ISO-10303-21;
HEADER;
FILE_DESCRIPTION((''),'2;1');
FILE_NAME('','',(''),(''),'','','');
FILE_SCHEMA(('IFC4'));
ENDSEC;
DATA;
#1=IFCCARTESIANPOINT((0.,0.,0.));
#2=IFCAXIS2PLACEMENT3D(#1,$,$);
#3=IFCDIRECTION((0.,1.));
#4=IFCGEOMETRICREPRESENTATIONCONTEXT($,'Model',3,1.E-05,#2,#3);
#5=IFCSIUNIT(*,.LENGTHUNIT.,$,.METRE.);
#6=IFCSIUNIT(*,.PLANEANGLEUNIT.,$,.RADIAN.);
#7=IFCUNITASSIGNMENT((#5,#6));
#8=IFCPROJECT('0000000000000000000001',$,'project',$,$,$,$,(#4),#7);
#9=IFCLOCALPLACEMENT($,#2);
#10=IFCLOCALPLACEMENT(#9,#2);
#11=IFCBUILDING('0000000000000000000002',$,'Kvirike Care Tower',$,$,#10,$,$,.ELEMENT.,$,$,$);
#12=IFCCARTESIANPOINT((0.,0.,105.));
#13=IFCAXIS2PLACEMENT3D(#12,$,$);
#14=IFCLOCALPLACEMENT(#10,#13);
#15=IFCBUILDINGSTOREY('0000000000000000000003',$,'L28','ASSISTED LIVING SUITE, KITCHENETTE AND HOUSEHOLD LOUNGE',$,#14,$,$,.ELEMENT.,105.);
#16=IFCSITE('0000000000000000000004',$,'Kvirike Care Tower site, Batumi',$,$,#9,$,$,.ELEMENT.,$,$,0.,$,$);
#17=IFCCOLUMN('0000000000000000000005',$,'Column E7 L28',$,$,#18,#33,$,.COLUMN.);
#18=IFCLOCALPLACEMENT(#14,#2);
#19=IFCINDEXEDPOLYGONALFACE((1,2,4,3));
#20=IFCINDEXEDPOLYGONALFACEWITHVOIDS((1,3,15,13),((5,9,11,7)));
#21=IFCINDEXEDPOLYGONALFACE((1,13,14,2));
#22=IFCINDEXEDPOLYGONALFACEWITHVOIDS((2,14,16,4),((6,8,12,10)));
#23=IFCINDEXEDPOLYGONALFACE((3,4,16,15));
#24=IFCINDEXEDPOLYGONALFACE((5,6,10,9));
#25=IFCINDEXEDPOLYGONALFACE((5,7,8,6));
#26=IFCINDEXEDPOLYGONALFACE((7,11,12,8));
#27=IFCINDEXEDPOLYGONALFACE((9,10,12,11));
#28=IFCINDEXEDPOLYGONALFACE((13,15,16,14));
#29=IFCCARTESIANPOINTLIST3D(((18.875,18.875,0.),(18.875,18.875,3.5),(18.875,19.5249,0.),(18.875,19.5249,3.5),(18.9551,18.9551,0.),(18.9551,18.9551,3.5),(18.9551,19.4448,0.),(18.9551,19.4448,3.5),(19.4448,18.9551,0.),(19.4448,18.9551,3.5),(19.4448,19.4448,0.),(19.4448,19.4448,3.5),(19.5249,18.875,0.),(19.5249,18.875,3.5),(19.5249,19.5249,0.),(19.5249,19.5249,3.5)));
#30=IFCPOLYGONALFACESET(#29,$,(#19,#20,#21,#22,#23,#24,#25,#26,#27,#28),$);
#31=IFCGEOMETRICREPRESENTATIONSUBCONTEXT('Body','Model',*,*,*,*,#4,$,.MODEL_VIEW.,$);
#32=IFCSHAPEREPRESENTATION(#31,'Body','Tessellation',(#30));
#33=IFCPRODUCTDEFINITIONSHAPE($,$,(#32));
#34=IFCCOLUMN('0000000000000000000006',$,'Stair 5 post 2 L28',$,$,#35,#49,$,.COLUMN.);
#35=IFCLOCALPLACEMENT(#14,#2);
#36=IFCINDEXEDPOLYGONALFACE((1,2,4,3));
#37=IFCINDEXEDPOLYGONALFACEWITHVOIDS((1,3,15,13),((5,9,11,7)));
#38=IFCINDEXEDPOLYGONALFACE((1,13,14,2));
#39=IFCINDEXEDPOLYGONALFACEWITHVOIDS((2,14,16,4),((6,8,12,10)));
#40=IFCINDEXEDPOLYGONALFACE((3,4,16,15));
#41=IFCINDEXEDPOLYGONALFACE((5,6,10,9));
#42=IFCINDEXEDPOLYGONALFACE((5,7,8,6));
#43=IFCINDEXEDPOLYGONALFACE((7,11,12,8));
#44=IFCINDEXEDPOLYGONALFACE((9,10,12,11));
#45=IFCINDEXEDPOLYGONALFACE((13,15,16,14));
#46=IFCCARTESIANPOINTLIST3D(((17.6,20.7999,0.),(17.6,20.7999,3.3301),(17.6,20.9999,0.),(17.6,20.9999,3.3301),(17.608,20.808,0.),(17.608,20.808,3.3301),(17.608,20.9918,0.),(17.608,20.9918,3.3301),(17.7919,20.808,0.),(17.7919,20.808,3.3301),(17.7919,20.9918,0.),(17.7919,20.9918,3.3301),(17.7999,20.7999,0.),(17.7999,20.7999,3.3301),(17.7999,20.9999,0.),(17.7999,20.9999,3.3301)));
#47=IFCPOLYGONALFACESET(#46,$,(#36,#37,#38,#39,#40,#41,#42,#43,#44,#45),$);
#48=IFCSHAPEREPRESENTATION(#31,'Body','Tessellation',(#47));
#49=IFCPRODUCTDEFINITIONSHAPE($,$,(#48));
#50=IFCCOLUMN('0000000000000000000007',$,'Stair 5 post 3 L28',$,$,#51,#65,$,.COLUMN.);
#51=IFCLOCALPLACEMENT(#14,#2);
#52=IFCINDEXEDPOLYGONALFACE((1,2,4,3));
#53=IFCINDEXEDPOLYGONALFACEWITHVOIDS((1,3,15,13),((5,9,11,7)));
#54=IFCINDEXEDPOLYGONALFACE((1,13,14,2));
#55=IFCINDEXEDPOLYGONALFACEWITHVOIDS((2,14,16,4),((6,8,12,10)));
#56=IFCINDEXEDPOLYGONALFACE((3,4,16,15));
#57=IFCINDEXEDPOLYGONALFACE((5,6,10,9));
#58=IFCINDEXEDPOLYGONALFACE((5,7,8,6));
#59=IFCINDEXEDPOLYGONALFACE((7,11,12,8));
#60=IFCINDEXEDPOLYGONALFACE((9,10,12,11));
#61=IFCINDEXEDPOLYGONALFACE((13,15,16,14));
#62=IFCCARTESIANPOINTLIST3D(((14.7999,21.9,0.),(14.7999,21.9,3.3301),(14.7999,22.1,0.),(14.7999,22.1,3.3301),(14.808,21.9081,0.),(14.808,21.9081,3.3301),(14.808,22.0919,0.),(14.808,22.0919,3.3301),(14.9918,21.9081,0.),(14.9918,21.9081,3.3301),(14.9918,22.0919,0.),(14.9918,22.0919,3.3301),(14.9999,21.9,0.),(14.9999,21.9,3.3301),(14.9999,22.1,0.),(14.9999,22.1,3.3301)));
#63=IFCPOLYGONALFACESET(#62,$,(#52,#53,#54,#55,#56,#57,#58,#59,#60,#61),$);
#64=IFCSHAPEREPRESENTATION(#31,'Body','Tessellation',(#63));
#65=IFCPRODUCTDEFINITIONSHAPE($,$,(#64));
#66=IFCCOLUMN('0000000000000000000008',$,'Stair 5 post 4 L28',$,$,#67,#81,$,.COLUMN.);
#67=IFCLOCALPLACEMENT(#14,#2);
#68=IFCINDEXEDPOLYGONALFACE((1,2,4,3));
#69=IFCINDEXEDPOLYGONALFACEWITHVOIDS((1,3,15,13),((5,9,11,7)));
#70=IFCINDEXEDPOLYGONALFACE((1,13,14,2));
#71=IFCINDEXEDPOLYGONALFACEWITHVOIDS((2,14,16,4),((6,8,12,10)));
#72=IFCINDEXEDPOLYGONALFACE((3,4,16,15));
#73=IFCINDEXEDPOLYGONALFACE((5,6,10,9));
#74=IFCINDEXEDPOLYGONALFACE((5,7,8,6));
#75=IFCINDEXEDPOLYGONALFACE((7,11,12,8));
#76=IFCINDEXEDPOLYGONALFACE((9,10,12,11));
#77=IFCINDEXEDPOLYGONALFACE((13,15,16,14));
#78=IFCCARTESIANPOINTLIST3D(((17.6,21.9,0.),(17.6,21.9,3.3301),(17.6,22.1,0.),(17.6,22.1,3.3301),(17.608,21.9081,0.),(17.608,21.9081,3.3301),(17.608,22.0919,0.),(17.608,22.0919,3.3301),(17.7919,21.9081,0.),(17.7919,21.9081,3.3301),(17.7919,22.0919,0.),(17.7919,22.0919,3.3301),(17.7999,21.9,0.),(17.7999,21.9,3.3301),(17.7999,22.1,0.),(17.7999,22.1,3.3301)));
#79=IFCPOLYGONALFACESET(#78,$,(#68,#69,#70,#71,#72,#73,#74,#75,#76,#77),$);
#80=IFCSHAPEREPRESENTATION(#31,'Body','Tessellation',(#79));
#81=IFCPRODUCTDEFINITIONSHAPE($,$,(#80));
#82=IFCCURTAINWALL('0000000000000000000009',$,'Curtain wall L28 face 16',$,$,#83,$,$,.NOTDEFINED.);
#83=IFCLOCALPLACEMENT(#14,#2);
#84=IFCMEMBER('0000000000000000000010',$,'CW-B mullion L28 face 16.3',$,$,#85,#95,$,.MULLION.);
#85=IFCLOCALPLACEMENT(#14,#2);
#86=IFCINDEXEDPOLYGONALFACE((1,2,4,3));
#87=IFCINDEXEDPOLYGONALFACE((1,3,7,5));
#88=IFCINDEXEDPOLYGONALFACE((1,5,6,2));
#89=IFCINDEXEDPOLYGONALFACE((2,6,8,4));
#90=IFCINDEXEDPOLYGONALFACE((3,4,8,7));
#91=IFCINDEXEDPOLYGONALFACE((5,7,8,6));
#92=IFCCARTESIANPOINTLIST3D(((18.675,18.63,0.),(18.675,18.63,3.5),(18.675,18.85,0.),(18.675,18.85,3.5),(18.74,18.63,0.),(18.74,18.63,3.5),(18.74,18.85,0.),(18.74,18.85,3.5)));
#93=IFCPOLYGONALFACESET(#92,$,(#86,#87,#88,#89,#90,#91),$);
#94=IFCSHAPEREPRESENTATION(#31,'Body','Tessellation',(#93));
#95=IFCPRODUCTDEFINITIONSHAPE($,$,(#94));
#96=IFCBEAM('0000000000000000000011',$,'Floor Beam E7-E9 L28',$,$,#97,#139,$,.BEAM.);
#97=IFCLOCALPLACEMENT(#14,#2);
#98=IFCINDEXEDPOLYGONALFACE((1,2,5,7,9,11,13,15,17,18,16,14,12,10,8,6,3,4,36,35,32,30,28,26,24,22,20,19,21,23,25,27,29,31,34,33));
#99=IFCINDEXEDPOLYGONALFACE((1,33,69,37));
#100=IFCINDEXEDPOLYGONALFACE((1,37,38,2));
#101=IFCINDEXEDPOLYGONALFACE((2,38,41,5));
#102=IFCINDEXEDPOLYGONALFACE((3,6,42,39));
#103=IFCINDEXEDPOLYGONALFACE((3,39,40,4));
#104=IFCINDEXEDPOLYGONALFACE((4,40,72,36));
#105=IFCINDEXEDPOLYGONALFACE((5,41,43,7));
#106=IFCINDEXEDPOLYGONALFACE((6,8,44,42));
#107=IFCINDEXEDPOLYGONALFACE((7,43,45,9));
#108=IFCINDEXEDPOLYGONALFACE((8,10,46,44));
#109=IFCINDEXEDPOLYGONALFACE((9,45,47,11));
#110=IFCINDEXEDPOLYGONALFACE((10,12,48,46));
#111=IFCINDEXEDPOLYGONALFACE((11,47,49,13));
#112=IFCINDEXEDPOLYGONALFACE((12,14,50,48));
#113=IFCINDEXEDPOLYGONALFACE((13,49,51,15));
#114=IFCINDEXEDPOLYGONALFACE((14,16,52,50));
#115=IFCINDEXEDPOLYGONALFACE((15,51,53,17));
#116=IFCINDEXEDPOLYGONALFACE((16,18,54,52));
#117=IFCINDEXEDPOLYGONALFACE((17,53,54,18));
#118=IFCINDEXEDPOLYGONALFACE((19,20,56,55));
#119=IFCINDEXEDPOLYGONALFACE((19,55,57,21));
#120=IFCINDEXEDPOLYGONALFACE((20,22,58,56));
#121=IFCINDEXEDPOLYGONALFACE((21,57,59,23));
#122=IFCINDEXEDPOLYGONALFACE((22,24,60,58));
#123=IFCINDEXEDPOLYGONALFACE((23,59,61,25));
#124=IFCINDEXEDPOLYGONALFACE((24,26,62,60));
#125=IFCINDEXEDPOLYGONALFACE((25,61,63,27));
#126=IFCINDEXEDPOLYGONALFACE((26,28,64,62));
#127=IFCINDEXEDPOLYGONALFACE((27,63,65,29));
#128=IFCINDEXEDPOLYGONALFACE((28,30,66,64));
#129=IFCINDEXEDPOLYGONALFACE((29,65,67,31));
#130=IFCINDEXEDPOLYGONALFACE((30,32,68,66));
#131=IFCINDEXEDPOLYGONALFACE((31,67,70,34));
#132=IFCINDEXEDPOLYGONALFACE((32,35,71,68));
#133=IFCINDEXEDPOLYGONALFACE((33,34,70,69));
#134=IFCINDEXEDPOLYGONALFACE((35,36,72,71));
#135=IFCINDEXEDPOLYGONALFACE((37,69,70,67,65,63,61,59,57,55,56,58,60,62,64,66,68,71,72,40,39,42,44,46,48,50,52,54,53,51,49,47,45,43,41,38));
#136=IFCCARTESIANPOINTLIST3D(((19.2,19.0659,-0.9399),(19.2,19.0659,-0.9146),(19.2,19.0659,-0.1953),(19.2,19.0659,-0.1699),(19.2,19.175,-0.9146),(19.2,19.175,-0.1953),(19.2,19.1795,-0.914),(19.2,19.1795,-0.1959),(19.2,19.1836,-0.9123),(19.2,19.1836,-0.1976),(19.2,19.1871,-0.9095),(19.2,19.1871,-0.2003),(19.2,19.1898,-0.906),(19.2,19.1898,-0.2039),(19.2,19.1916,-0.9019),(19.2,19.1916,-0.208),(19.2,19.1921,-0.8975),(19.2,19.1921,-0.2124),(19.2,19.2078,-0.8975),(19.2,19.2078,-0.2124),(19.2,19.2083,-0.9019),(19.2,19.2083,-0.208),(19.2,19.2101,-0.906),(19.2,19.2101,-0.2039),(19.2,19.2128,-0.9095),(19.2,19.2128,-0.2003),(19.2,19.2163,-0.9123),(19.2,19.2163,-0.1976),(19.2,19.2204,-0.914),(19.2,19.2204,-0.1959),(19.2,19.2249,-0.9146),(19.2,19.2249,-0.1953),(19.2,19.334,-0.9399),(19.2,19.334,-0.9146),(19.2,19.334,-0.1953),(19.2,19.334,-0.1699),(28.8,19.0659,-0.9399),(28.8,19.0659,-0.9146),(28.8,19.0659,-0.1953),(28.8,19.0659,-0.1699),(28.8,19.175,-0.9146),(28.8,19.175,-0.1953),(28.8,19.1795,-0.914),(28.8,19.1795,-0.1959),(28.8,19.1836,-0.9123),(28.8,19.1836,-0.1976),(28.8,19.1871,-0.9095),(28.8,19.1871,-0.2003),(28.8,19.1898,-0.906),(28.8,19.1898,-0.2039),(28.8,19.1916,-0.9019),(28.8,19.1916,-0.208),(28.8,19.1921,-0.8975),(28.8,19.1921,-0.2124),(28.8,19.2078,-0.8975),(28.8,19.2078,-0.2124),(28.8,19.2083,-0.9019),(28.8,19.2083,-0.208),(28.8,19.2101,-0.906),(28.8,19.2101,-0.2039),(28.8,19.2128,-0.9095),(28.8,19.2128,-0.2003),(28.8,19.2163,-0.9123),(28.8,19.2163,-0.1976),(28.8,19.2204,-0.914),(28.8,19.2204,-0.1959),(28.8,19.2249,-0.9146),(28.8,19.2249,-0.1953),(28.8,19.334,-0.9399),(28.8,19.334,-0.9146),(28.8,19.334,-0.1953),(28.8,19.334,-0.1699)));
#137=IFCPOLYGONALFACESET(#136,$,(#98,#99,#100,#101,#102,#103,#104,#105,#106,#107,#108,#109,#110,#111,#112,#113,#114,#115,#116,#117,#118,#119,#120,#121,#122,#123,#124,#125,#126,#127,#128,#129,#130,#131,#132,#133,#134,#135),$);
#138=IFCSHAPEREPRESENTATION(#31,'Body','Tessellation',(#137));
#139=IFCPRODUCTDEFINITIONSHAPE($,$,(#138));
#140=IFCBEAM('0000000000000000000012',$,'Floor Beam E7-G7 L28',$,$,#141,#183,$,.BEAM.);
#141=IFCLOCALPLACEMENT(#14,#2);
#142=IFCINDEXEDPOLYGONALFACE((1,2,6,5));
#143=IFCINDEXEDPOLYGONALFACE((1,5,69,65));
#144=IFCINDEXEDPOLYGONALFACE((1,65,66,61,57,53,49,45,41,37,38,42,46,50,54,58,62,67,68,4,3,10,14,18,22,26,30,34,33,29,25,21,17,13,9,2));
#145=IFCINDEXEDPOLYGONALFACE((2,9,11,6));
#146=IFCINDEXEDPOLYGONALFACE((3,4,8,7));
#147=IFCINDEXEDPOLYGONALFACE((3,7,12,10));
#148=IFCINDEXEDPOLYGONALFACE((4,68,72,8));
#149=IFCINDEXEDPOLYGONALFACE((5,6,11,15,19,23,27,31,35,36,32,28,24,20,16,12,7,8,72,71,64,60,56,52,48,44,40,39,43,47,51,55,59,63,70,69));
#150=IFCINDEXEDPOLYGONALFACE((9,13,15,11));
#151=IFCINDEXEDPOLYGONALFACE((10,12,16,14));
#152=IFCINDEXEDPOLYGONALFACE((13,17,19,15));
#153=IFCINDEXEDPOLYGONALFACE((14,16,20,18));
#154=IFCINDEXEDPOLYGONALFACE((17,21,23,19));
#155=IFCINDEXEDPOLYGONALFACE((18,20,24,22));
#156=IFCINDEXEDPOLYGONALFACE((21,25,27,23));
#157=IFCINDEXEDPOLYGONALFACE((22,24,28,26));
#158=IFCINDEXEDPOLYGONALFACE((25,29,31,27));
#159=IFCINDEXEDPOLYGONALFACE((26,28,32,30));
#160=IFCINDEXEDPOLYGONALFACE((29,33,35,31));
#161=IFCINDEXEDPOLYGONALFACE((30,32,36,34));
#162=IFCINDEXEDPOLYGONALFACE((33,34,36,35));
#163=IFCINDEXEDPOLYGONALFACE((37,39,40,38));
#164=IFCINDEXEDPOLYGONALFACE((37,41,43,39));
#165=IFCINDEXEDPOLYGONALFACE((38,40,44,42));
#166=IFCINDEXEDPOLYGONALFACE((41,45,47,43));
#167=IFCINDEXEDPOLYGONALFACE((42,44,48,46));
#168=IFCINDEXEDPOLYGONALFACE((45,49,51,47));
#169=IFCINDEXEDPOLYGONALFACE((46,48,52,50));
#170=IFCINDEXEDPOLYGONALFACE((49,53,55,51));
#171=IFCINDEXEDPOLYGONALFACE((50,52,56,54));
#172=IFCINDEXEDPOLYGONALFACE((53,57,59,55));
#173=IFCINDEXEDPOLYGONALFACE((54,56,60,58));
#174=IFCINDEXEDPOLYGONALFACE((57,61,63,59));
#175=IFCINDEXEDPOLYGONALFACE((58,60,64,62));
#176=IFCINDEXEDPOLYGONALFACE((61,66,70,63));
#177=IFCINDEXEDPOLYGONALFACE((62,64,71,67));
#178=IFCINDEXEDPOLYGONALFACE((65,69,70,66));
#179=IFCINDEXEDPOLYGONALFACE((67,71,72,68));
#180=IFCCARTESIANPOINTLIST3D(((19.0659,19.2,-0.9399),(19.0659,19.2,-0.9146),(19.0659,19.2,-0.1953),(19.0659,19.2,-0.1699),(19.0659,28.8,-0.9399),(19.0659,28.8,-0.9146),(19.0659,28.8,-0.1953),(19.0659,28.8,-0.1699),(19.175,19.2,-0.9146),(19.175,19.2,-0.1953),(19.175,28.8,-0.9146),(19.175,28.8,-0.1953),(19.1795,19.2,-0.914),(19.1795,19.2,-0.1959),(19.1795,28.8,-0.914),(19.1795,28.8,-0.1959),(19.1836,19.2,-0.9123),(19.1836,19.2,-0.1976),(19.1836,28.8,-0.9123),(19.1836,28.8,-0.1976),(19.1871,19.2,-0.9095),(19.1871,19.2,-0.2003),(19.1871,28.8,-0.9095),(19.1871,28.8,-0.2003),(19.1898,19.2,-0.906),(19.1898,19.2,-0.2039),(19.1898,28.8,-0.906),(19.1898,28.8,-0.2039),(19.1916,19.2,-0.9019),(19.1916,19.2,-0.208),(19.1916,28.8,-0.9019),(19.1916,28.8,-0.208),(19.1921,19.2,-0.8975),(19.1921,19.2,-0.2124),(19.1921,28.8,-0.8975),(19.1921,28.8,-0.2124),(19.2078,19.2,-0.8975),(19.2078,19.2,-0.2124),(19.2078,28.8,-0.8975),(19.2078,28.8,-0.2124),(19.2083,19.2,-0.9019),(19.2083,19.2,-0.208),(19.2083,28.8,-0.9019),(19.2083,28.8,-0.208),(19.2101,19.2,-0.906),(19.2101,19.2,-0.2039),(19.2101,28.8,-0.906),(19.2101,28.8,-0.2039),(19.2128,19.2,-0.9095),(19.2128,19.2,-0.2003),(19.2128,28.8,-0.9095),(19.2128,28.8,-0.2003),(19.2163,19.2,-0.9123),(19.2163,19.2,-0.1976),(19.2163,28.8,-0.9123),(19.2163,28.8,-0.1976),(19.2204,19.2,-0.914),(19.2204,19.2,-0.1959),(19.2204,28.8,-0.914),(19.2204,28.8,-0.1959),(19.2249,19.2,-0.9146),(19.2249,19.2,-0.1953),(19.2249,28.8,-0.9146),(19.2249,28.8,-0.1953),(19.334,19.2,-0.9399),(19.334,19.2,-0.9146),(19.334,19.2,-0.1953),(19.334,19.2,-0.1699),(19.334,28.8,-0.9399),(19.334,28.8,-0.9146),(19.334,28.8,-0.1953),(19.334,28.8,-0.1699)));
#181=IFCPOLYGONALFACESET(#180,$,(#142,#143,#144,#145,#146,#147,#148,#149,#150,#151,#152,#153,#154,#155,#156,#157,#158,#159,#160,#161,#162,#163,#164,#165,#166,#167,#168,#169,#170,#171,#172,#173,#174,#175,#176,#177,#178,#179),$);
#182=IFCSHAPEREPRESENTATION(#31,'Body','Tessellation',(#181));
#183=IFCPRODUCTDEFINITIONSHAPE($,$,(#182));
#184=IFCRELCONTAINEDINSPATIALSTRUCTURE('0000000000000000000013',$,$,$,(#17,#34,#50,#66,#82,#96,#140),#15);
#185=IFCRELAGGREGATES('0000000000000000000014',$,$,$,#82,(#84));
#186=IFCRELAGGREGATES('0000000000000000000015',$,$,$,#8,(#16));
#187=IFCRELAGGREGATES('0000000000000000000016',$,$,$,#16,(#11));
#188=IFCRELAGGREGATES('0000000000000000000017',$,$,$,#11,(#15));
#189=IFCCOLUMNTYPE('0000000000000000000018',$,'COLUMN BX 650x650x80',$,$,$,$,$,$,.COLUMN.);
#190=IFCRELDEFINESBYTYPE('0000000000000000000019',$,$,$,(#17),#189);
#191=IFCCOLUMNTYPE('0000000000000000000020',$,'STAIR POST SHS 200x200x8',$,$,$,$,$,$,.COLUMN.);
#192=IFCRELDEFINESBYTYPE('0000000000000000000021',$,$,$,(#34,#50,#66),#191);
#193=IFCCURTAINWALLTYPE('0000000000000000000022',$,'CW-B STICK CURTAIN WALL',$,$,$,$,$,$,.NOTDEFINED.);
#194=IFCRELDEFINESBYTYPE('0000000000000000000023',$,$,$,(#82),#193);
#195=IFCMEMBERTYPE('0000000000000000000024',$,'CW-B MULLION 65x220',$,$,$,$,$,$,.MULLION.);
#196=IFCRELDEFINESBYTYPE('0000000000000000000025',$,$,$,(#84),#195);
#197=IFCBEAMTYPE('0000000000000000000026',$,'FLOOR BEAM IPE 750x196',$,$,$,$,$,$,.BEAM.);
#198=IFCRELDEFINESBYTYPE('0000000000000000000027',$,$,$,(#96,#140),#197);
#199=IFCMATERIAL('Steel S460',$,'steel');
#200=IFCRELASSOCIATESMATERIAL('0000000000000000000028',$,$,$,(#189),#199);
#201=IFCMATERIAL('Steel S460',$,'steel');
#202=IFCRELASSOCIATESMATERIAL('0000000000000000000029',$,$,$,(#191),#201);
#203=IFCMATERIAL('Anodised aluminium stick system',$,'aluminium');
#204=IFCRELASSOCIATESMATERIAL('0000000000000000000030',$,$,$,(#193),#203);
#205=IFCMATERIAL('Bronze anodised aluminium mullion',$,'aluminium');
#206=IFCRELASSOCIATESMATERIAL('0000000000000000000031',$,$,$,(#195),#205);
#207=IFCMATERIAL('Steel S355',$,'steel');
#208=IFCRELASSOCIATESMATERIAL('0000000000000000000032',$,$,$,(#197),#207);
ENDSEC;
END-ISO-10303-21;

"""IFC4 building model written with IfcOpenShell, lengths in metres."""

from ifc_helpers import new_model, si_unit, direction, frame, origin, origin_2d, place, context, subcontext, project, spatial, rectangle, hollow_rectangle, i_section, extrude, material, material_profile, profile_set, type_object, element, aggregate, save


model = new_model("IFC4")

# Units and contexts
model_context = context("Model", 3, precision=1e-05, world=origin(), true_north=direction((0.0, 1.0)))
body_context = subcontext(model_context, "Body", "Model", "MODEL_VIEW")
ifc_project = project(units=[si_unit("LENGTHUNIT", "METRE"), si_unit("PLANEANGLEUNIT", "RADIAN")], contexts=[model_context])

# Site, building, storey
site_placement = place(None, origin())
site = spatial("IfcSite", under=ifc_project, at=site_placement, Name="Kvirike Care Tower site, Batumi", CompositionType="ELEMENT", RefElevation=0.0)
building_placement = place(site_placement, origin())
building = spatial("IfcBuilding", under=site, at=building_placement, Name="Kvirike Care Tower", CompositionType="ELEMENT")
storey_placement = place(building_placement, frame((0.0, 0.0, 105.0)))
storey = spatial("IfcBuildingStorey", under=building, at=storey_placement, Name="L28", Description="ASSISTED LIVING SUITE, KITCHENETTE AND HOUSEHOLD LOUNGE", CompositionType="ELEMENT", Elevation=105.0)

# Columns
ifc_material_1 = material(Name="Steel S460", Category="steel")
ifc_material_profile_1 = material_profile(ifc_material_1, hollow_rectangle(XDim=0.6499, YDim=0.6499, WallThickness=0.0801, at=origin_2d()), Name="BX 650x650x80")
ifc_profile_set_1 = profile_set([ifc_material_profile_1], Name="Steel S460")
column_type_1 = type_object("IfcColumnType", Name="COLUMN BX 650x650x80", PredefinedType="COLUMN", material=ifc_profile_set_1)
column_placement = place(storey_placement, frame((19.2, 19.2, 0.0), z_axis=(0.0, 0.0, 1.0), x_axis=(0.0, 1.0, 0.0)))
element("IfcColumn", 1, at=column_placement, inside=storey, type_object=column_type_1, Name="Column E7 L28", PredefinedType="COLUMN", context=body_context, shape_type="SweptSolid", body=[
    extrude(hollow_rectangle(XDim=0.6499, YDim=0.6499, WallThickness=0.0801, at=origin_2d()), origin(), (0.0, 0.0, 1.0), 3.5),
])
ifc_material_2 = material(Name="Steel S460", Category="steel")
ifc_material_profile_2 = material_profile(ifc_material_2, hollow_rectangle(XDim=0.2, YDim=0.2, WallThickness=0.0081, at=origin_2d()), Name="SHS 200x200x8")
ifc_profile_set_2 = profile_set([ifc_material_profile_2], Name="Steel S460")
column_type_2 = type_object("IfcColumnType", Name="STAIR POST SHS 200x200x8", PredefinedType="COLUMN", material=ifc_profile_set_2)
for number, where, z_axis, x_axis, name in (
    (2, (17.7, 20.8999, 0.0), (0.0, 0.0, 1.0), (1.0, 0.0, 0.0), "Stair 5 post 2 L28"),
    (3, (14.8999, 22.0, 0.0), (0.0, 0.0, 1.0), (1.0, 0.0, 0.0), "Stair 5 post 3 L28"),
    (4, (17.7, 22.0, 0.0), (0.0, 0.0, 1.0), (1.0, 0.0, 0.0), "Stair 5 post 4 L28"),
):
    element("IfcColumn", number, at=place(storey_placement, frame(where, z_axis=z_axis, x_axis=x_axis)), inside=storey, type_object=column_type_2, Name=name, PredefinedType="COLUMN", context=body_context, shape_type="SweptSolid", body=[
        extrude(hollow_rectangle(XDim=0.2, YDim=0.2, WallThickness=0.0081, at=origin_2d()), origin(), (0.0, 0.0, 1.0), 3.3301),
    ])

# Curtain wall, member
ifc_material_3 = material(Name="Anodised aluminium stick system", Category="aluminium")
curtain_wall_type = type_object("IfcCurtainWallType", Name="CW-B STICK CURTAIN WALL", PredefinedType="NOTDEFINED", material=ifc_material_3)
curtain_wall_placement = place(storey_placement, origin())
curtain_wall = element("IfcCurtainWall", 5, at=curtain_wall_placement, inside=storey, type_object=curtain_wall_type, Name="Curtain wall L28 face 16", PredefinedType="NOTDEFINED")
ifc_material_4 = material(Name="Bronze anodised aluminium mullion", Category="aluminium")
ifc_material_profile_3 = material_profile(ifc_material_4, rectangle(XDim=0.0649, YDim=0.22, at=origin_2d()), Name="CW-B MULLION 65x220")
ifc_profile_set_3 = profile_set([ifc_material_profile_3], Name="Bronze anodised aluminium mullion")
member_type = type_object("IfcMemberType", Name="CW-B MULLION 65x220", PredefinedType="MULLION", material=ifc_profile_set_3)
member_placement = place(storey_placement, frame((18.7075, 18.74, 0.0), z_axis=(0.0, 0.0, 1.0), x_axis=(1.0, 0.0, 0.0)))
member = element("IfcMember", 6, at=member_placement, type_object=member_type, Name="CW-B mullion L28 face 16.3", PredefinedType="MULLION", context=body_context, shape_type="SweptSolid", body=[
    extrude(rectangle(XDim=0.0649, YDim=0.22, at=origin_2d()), origin(), (0.0, 0.0, 1.0), 3.5),
])

# Beams
ifc_material_5 = material(Name="Steel S355", Category="steel")
ifc_material_profile_4 = material_profile(ifc_material_5, i_section(OverallWidth=0.2681, OverallDepth=0.77, WebThickness=0.0156, FlangeThickness=0.0254, FilletRadius=0.0171, at=origin_2d()), Name="IPE 750x196")
ifc_profile_set_4 = profile_set([ifc_material_profile_4], Name="Steel S355")
beam_type_1 = type_object("IfcBeamType", Name="FLOOR BEAM IPE 750x196", PredefinedType="BEAM", material=ifc_profile_set_4)
for number, where, z_axis, x_axis, name in (
    (7, (19.2, 19.2, -0.5549), (1.0, 0.0, 0.0), (0.0, 1.0, 0.0), "Floor Beam E7-E9 L28"),
    (8, (19.2, 19.2, -0.5549), (0.0, 1.0, 0.0), (-1.0, 0.0, 0.0), "Floor Beam E7-G7 L28"),
):
    element("IfcBeam", number, at=place(storey_placement, frame(where, z_axis=z_axis, x_axis=x_axis)), inside=storey, type_object=beam_type_1, Name=name, PredefinedType="BEAM", context=body_context, shape_type="SweptSolid", body=[
        extrude(i_section(OverallWidth=0.2681, OverallDepth=0.77, WebThickness=0.0156, FlangeThickness=0.0254, FilletRadius=0.0171, at=origin_2d()), origin(), (0.0, 0.0, 1.0), 9.6001),
    ])

aggregate(curtain_wall, [member])

save(model, "model.ifc")
